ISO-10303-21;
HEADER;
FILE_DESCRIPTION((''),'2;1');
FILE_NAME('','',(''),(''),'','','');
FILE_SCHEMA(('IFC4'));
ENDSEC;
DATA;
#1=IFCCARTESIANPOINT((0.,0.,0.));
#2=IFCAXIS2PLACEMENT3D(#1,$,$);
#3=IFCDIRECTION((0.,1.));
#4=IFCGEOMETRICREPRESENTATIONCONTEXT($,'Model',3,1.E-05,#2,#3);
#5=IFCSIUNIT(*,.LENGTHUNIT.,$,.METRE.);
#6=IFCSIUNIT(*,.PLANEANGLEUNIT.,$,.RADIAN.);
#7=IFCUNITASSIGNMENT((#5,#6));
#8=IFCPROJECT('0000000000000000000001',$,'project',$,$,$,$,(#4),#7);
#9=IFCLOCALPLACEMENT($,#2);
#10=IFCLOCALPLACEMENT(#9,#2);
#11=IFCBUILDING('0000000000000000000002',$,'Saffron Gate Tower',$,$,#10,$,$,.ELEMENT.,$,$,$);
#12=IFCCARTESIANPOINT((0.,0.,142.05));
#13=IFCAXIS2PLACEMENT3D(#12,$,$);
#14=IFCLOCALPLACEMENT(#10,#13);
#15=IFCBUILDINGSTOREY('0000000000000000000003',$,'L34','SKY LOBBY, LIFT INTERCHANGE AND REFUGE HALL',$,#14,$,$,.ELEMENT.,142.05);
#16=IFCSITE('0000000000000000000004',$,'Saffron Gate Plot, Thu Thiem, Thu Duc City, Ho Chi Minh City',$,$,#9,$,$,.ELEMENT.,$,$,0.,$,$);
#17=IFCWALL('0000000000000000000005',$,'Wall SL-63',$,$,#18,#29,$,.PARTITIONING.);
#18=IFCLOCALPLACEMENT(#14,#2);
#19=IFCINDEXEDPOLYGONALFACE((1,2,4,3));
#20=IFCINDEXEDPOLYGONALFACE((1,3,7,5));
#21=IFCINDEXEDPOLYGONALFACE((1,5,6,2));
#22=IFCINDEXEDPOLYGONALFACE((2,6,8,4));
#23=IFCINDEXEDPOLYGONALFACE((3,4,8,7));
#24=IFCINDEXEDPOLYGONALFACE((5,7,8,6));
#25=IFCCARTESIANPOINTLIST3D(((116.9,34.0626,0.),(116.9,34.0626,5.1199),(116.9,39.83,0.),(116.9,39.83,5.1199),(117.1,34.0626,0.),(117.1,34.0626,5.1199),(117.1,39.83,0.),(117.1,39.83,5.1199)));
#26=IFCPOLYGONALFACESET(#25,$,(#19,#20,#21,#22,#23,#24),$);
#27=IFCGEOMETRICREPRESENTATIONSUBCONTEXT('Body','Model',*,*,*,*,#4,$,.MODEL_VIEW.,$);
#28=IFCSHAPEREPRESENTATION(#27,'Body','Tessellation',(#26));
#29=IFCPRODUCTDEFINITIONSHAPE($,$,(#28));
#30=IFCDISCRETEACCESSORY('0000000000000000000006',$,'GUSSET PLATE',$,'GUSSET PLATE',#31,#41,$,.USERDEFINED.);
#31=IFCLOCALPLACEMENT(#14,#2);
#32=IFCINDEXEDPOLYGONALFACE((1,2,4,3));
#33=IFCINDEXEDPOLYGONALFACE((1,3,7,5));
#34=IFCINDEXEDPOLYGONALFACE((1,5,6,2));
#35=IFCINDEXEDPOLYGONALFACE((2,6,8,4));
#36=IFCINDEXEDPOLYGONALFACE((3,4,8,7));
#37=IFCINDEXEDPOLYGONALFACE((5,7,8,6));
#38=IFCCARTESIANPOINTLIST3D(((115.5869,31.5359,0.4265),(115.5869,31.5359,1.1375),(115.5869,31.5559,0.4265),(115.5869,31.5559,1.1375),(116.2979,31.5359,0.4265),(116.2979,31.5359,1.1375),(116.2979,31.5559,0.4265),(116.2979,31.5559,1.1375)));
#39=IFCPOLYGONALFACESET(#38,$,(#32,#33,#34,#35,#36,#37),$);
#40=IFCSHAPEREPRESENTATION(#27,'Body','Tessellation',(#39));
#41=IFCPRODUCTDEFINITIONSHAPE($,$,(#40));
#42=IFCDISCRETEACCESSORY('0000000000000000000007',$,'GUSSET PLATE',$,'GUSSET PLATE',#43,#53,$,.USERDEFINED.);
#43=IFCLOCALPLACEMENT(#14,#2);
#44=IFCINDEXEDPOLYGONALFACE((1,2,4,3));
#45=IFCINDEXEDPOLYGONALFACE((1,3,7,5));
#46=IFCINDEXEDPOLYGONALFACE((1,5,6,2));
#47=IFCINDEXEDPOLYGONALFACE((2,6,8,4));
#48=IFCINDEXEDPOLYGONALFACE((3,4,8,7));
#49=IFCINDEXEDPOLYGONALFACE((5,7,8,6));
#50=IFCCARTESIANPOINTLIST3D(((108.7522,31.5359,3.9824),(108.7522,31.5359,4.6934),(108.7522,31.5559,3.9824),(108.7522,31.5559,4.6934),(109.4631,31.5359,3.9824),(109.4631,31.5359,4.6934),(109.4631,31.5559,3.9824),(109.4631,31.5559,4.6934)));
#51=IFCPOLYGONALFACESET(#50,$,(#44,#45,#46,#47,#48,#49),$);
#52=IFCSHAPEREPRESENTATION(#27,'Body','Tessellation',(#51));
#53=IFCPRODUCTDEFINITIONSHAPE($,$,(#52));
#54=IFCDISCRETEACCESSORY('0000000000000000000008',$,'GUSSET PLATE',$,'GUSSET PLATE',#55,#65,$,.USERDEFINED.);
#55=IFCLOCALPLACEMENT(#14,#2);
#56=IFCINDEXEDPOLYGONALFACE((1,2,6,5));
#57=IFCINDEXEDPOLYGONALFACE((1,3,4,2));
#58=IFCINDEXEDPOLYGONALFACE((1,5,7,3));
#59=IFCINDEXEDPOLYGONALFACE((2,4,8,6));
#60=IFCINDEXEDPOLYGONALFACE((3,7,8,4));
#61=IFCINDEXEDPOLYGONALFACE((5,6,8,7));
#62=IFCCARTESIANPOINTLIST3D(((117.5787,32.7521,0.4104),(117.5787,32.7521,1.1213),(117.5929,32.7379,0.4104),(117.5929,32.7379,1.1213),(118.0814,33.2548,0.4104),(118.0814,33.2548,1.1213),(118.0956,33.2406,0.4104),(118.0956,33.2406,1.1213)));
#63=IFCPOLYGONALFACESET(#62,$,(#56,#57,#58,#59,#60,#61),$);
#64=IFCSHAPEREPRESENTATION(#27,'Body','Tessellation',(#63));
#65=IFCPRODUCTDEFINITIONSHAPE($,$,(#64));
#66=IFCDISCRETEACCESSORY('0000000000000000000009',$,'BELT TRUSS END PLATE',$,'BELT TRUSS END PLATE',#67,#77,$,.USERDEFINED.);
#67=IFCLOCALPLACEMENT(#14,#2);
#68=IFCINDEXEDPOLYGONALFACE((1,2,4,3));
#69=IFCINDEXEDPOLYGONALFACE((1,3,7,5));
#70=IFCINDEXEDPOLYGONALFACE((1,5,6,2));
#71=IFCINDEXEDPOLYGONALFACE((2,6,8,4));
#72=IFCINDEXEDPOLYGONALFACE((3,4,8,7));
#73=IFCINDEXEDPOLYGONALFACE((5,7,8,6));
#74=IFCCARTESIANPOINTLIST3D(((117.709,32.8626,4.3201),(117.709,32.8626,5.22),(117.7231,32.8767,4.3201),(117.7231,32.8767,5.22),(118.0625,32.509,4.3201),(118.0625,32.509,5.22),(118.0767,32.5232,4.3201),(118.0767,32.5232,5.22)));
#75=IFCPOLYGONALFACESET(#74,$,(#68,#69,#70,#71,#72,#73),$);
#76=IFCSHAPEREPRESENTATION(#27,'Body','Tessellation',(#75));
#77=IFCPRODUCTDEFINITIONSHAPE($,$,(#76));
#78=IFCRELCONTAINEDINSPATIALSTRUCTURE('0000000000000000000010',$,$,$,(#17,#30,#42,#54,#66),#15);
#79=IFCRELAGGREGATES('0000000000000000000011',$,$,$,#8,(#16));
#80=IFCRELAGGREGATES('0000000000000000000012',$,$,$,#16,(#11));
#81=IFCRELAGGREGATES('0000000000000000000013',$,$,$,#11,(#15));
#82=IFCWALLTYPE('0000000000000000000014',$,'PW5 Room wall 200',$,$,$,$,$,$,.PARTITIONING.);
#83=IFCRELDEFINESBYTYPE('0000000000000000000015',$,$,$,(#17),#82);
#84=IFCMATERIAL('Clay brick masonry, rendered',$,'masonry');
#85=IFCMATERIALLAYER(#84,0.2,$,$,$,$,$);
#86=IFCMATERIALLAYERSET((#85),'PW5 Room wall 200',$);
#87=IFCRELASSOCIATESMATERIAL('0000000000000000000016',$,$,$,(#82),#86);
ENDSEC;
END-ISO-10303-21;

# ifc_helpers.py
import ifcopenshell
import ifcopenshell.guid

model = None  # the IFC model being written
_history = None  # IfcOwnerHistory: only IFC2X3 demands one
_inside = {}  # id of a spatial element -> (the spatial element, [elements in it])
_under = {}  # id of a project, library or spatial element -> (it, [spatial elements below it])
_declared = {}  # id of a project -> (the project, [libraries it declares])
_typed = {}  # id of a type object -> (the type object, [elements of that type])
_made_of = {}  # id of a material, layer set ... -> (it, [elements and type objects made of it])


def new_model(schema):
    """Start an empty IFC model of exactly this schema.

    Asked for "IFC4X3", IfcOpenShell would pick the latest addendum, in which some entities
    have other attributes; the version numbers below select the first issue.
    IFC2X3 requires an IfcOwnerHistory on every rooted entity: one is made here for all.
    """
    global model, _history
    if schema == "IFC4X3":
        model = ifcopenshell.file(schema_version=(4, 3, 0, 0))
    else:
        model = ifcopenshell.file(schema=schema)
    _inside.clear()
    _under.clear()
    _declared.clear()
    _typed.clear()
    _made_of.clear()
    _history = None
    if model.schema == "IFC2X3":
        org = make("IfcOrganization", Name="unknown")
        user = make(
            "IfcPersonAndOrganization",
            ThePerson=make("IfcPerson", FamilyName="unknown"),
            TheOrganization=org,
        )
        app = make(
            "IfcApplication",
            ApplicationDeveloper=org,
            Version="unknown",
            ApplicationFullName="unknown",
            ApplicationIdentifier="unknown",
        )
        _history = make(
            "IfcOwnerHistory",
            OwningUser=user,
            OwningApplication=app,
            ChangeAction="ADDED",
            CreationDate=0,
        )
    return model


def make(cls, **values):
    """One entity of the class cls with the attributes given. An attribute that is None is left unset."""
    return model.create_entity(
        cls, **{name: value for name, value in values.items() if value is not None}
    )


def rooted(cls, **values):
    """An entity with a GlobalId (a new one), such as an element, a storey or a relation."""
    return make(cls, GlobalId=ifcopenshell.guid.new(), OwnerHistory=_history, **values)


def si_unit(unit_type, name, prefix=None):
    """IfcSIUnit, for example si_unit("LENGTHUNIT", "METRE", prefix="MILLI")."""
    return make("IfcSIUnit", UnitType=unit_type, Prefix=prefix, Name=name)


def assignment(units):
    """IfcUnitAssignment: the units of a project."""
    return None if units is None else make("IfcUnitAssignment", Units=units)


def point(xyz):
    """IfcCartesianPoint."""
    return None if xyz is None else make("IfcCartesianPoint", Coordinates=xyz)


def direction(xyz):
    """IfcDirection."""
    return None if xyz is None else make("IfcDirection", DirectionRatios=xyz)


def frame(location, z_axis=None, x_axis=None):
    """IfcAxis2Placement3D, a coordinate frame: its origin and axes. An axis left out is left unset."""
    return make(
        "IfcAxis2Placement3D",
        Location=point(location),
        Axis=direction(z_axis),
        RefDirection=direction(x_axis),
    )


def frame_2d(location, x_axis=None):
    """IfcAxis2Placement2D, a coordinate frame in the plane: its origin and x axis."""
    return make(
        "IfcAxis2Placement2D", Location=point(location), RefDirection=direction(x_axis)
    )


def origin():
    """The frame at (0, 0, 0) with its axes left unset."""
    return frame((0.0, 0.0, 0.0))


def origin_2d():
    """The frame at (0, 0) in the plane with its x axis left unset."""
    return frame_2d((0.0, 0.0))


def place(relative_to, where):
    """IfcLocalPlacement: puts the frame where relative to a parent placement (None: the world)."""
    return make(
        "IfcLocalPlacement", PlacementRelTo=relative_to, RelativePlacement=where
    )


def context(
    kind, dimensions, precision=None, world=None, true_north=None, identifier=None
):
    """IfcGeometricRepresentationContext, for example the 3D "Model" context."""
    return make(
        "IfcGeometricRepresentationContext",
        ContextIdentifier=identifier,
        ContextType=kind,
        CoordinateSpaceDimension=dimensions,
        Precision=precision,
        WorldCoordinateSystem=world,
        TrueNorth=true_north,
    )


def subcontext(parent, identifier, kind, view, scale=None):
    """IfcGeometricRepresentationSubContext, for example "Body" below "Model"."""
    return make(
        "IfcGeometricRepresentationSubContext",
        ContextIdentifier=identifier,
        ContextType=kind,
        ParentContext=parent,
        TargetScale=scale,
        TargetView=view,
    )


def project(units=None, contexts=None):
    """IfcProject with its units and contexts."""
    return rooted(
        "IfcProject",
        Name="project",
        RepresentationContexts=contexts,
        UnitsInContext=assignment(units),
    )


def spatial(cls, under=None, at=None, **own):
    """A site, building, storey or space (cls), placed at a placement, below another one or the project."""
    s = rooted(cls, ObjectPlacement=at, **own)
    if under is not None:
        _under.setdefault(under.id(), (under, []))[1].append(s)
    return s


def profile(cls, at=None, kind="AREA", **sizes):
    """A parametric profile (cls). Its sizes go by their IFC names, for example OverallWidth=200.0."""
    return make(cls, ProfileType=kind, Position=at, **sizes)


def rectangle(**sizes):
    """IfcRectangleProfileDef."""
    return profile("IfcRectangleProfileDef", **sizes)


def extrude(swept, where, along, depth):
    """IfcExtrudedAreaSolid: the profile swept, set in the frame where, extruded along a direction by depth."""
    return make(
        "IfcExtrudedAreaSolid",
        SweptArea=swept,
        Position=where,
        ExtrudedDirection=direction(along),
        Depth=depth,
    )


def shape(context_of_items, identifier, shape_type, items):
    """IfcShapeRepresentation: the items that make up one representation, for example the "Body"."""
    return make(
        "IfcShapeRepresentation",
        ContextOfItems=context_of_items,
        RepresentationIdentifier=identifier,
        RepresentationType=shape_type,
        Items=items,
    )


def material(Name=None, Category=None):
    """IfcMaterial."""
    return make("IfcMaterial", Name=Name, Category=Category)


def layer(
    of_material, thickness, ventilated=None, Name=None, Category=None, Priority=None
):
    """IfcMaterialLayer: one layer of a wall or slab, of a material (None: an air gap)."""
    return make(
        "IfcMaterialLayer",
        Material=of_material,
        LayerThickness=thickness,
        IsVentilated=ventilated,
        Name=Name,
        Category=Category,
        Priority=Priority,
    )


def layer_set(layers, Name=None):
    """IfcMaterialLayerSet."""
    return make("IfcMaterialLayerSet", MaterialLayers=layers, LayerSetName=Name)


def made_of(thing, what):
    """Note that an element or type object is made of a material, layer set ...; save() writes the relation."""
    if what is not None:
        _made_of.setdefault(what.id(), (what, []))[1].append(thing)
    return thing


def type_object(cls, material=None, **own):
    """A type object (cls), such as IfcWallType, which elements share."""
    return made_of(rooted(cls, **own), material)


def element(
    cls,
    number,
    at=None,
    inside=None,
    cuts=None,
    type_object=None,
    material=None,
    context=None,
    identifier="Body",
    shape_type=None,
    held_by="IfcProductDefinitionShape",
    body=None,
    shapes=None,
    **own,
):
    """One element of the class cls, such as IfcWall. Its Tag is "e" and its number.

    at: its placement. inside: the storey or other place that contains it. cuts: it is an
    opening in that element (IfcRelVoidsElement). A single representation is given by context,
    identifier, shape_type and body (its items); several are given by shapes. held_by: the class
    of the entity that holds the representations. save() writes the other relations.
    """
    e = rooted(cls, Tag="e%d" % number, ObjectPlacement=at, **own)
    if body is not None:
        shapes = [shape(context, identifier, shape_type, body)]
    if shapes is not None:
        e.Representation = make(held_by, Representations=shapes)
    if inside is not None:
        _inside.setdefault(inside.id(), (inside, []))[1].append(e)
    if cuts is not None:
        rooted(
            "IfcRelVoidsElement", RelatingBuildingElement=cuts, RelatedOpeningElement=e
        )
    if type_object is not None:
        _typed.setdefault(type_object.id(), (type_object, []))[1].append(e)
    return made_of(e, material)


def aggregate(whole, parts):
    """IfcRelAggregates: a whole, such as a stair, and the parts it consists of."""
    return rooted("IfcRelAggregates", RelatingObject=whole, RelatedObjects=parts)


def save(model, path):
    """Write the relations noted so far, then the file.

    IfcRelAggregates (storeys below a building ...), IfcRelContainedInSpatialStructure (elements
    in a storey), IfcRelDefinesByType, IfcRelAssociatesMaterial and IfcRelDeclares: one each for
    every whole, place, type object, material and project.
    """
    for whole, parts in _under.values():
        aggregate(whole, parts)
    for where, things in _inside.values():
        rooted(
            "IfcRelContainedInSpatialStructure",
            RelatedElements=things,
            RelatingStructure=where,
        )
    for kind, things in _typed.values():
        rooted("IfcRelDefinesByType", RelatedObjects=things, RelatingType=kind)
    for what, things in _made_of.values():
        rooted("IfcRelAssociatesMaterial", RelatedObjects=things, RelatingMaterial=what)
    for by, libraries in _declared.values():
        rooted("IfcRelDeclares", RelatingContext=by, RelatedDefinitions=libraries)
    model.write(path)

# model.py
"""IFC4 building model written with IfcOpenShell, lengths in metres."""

from ifc_helpers import new_model, si_unit, direction, frame, frame_2d, origin, origin_2d, place, context, subcontext, project, spatial, rectangle, extrude, material, layer, layer_set, type_object, element, save


model = new_model("IFC4")

# Units and contexts
model_context = context("Model", 3, precision=1e-05, world=origin(), true_north=direction((0.0, 1.0)))
body_context = subcontext(model_context, "Body", "Model", "MODEL_VIEW")
ifc_project = project(units=[si_unit("LENGTHUNIT", "METRE"), si_unit("PLANEANGLEUNIT", "RADIAN")], contexts=[model_context])

# Site, building, storey
site_placement = place(None, origin())
site = spatial("IfcSite", under=ifc_project, at=site_placement, Name="Saffron Gate Plot, Thu Thiem, Thu Duc City, Ho Chi Minh City", CompositionType="ELEMENT", RefElevation=0.0)
building_placement = place(site_placement, origin())
building = spatial("IfcBuilding", under=site, at=building_placement, Name="Saffron Gate Tower", CompositionType="ELEMENT")
storey_placement = place(building_placement, frame((0.0, 0.0, 142.05)))
storey = spatial("IfcBuildingStorey", under=building, at=storey_placement, Name="L34", Description="SKY LOBBY, LIFT INTERCHANGE AND REFUGE HALL", CompositionType="ELEMENT", Elevation=142.05)

# Wall
ifc_material_1 = material(Name="Clay brick masonry, rendered", Category="masonry")
ifc_layer_1 = layer(ifc_material_1, 0.2)
ifc_layer_set_1 = layer_set([ifc_layer_1], Name="PW5 Room wall 200")
wall_type_1 = type_object("IfcWallType", Name="PW5 Room wall 200", PredefinedType="PARTITIONING", material=ifc_layer_set_1)
wall_1_placement = place(storey_placement, frame((117.0, 39.8301, 0.0), z_axis=(0.0, 0.0, 1.0), x_axis=(0.0, -1.0, 0.0)))
element("IfcWall", 1, at=wall_1_placement, inside=storey, type_object=wall_type_1, Name="Wall SL-63", PredefinedType="PARTITIONING", context=body_context, shape_type="SweptSolid", body=[
    extrude(rectangle(XDim=5.7673, YDim=0.2, at=frame_2d((2.8838, 0.0))), origin(), (0.0, 0.0, 1.0), 5.1199),
])

# Discrete accessories
for number, where, z_axis, x_axis, name in (
    (2, (115.9424, 31.5459, 0.4265), (0.0, 0.0, 1.0), (-1.0, 0.0, 0.0), "GUSSET PLATE"),
    (3, (109.1077, 31.5459, 3.9824), (0.0, 0.0, 1.0), (-1.0, 0.0, 0.0), "GUSSET PLATE"),
    (4, (117.8372, 32.9963, 0.4104), (0.0, 0.0, 1.0), (0.707107, 0.707107, 0.0), "GUSSET PLATE"),
):
    element("IfcDiscreteAccessory", number, at=place(storey_placement, frame(where, z_axis=z_axis, x_axis=x_axis)), inside=storey, Name=name, ObjectType="GUSSET PLATE", PredefinedType="USERDEFINED", context=body_context, shape_type="SweptSolid", body=[
        extrude(rectangle(XDim=0.7109, YDim=0.02, at=origin_2d()), origin(), (0.0, 0.0, 1.0), 0.7109),
    ])
discrete_accessory_placement = place(storey_placement, frame((117.8928, 32.6929, 4.3201), z_axis=(0.0, 0.0, 1.0), x_axis=(-0.707107, -0.707107, 0.0)))
element("IfcDiscreteAccessory", 5, at=discrete_accessory_placement, inside=storey, Name="BELT TRUSS END PLATE", ObjectType="BELT TRUSS END PLATE", PredefinedType="USERDEFINED", context=body_context, shape_type="SweptSolid", body=[
    extrude(rectangle(XDim=0.02, YDim=0.5, at=origin_2d()), origin(), (0.0, 0.0, 1.0), 0.8999),
])

save(model, "model.ifc")
